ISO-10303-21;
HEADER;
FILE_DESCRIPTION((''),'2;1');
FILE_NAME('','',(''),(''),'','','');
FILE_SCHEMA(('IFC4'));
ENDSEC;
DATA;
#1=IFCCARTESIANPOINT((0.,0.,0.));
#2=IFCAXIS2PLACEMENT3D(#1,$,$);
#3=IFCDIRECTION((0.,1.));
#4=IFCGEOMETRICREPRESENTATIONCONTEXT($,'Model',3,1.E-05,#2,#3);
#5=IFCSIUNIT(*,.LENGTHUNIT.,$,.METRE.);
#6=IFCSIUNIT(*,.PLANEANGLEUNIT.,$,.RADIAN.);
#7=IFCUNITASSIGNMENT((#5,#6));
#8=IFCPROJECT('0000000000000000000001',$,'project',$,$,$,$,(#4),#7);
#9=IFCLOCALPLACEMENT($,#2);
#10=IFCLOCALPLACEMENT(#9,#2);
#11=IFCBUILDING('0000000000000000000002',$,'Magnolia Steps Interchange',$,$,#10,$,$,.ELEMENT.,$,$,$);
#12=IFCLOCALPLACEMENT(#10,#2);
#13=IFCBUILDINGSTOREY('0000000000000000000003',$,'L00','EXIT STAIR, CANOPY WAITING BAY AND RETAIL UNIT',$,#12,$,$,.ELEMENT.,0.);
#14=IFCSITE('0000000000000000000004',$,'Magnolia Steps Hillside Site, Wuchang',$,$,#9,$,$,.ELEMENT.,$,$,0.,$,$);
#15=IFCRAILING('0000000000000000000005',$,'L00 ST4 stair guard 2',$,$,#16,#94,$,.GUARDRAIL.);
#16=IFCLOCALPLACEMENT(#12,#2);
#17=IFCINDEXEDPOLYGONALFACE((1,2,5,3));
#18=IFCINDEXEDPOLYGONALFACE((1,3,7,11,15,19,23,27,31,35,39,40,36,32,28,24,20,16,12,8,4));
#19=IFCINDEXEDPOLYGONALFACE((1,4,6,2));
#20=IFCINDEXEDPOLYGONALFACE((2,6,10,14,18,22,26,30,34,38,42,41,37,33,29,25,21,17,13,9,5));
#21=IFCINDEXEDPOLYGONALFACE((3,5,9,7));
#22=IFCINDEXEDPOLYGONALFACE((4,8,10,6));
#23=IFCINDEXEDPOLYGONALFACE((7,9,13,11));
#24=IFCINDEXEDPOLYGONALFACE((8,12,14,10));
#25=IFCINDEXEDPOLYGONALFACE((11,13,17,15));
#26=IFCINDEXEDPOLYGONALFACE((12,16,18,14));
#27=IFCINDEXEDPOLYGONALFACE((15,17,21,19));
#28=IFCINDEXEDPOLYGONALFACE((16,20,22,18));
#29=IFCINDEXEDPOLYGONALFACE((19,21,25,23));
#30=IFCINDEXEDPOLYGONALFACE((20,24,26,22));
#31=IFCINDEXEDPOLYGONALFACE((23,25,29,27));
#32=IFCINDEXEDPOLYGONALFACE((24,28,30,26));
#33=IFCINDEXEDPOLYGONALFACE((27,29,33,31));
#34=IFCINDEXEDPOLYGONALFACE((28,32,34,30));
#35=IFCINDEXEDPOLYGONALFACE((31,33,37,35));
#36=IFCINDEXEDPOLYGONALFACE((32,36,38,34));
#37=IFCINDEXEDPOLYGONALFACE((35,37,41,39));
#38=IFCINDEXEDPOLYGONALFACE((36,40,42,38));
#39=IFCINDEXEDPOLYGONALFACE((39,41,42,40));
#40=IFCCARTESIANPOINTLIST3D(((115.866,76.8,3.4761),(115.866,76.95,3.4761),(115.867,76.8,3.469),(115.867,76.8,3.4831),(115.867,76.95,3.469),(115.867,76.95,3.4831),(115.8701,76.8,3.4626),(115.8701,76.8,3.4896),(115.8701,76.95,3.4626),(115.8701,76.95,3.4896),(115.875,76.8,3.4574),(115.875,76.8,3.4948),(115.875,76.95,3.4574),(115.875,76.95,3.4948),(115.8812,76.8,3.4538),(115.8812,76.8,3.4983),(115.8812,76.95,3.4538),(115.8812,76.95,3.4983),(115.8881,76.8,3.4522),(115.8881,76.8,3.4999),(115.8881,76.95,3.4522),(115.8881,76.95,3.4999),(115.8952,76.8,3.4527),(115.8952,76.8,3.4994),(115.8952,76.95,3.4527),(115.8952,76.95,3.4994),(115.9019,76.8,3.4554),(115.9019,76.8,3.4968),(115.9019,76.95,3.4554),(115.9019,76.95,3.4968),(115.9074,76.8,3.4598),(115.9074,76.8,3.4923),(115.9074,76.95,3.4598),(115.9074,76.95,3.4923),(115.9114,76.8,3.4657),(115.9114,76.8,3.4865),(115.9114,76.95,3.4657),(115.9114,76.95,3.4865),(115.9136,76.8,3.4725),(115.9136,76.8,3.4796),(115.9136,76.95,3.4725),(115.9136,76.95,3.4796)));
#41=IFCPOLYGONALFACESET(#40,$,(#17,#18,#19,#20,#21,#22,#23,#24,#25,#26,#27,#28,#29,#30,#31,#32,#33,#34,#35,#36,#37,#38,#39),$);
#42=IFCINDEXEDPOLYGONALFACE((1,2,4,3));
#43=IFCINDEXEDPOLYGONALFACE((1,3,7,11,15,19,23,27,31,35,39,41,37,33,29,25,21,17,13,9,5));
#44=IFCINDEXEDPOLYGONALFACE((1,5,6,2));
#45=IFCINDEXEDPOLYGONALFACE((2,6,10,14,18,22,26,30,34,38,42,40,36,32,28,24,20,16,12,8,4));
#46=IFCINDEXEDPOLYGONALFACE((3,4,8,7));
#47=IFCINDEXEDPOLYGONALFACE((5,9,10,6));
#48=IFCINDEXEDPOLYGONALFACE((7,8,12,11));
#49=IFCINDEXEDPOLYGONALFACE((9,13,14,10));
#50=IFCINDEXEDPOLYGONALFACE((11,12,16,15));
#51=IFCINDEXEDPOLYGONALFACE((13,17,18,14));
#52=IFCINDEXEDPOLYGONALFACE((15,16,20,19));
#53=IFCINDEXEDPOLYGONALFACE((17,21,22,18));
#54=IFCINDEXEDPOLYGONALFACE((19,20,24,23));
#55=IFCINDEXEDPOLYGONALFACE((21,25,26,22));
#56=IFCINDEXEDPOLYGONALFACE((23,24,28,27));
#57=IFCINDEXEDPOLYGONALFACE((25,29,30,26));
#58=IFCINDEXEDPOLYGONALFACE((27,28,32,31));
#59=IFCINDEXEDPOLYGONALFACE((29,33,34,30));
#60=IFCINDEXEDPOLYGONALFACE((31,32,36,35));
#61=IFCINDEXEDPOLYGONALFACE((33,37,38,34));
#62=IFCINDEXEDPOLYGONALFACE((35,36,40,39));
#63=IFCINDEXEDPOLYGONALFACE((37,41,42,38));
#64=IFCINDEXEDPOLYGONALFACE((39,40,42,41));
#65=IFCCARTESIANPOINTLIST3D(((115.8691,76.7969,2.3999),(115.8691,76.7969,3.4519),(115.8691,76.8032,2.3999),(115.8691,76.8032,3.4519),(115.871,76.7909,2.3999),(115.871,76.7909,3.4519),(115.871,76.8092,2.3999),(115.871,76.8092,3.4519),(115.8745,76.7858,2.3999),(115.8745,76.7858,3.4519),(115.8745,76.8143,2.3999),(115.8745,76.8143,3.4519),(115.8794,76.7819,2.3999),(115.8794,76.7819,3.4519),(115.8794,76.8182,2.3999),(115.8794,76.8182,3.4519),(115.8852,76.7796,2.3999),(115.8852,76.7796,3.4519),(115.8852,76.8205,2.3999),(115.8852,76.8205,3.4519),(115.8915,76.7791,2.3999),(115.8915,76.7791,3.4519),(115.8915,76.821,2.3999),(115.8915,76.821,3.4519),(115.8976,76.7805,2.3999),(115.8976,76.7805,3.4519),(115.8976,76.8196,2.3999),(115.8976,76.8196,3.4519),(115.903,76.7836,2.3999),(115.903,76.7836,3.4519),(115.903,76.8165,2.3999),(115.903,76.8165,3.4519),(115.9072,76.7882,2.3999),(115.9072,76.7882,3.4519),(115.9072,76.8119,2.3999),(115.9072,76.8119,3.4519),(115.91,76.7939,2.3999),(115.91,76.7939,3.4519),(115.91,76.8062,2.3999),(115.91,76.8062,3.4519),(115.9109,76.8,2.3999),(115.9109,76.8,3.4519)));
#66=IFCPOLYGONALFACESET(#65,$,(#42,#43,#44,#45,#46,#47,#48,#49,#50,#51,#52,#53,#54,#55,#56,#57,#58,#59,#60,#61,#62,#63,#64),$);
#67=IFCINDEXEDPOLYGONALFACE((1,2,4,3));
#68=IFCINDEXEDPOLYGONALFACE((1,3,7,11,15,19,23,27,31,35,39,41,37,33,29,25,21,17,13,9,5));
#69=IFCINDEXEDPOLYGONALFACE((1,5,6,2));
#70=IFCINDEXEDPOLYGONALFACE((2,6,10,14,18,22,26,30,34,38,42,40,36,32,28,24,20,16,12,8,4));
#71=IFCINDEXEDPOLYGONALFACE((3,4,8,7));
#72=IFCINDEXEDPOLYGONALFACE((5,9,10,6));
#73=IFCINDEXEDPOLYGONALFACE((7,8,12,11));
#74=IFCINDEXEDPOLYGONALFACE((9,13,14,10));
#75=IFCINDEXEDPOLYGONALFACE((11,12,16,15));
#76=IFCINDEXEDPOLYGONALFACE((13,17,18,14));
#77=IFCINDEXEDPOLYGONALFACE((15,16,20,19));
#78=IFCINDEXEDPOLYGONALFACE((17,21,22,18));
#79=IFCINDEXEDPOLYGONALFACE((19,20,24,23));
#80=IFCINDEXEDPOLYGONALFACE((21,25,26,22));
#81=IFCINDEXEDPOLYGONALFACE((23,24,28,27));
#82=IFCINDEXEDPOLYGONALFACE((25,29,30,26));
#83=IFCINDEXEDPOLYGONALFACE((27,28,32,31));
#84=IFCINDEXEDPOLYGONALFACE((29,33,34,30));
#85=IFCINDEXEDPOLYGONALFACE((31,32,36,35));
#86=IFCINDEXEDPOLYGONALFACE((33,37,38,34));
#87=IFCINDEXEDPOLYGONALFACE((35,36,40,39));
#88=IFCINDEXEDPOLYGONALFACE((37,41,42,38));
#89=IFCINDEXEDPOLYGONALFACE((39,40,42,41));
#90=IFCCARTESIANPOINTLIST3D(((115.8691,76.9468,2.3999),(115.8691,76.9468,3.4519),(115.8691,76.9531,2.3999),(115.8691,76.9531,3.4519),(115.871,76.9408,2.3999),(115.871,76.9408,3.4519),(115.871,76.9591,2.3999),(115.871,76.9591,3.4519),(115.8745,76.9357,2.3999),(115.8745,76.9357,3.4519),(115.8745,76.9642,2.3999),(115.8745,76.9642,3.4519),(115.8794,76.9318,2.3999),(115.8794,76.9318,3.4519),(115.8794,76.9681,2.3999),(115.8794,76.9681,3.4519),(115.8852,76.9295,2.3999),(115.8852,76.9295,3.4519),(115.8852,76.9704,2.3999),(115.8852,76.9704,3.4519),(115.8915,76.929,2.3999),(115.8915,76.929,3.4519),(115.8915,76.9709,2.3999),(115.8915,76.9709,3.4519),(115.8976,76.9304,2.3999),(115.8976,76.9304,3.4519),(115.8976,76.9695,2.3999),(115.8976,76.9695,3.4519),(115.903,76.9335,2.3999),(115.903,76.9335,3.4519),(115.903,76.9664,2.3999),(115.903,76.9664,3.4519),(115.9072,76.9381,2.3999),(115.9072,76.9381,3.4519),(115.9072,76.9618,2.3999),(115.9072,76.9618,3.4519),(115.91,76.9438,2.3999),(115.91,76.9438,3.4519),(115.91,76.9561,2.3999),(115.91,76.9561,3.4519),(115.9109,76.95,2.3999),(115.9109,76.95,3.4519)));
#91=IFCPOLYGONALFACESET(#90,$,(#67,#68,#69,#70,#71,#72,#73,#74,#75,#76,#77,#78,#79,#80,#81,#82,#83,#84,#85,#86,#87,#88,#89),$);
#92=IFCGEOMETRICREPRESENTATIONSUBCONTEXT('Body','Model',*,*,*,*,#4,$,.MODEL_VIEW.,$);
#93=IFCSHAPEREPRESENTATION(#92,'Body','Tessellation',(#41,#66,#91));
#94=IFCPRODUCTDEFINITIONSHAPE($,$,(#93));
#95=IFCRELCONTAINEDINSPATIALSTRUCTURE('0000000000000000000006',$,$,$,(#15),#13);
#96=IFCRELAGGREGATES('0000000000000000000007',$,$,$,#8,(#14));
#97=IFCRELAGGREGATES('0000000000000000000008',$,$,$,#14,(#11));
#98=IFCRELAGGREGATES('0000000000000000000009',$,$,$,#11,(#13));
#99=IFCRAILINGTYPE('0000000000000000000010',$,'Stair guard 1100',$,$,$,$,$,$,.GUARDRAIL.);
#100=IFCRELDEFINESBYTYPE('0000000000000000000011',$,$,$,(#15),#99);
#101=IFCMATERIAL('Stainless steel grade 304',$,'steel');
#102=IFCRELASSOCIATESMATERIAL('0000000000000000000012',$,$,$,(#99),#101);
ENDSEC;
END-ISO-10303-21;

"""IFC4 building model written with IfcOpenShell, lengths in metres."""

from ifc_helpers import new_model, si_unit, direction, frame, origin, origin_2d, place, context, subcontext, project, spatial, circle, extrude, material, type_object, element, save


model = new_model("IFC4")

# Units and contexts
model_context = context("Model", 3, precision=1e-05, world=origin(), true_north=direction((0.0, 1.0)))
body_context = subcontext(model_context, "Body", "Model", "MODEL_VIEW")
ifc_project = project(units=[si_unit("LENGTHUNIT", "METRE"), si_unit("PLANEANGLEUNIT", "RADIAN")], contexts=[model_context])

# Site, building, storey
site_placement = place(None, origin())
site = spatial("IfcSite", under=ifc_project, at=site_placement, Name="Magnolia Steps Hillside Site, Wuchang", CompositionType="ELEMENT", RefElevation=0.0)
building_placement = place(site_placement, origin())
building = spatial("IfcBuilding", under=site, at=building_placement, Name="Magnolia Steps Interchange", CompositionType="ELEMENT")
storey_placement = place(building_placement, origin())
storey = spatial("IfcBuildingStorey", under=building, at=storey_placement, Name="L00", Description="EXIT STAIR, CANOPY WAITING BAY AND RETAIL UNIT", CompositionType="ELEMENT", Elevation=0.0)

# Railing
ifc_material_1 = material(Name="Stainless steel grade 304", Category="steel")
railing_type_1 = type_object("IfcRailingType", Name="Stair guard 1100", PredefinedType="GUARDRAIL", material=ifc_material_1)
railing_1_placement = place(storey_placement, frame((115.8899, 76.8, 2.3999)))
element("IfcRailing", 1, at=railing_1_placement, inside=storey, type_object=railing_type_1, Name="L00 ST4 stair guard 2", PredefinedType="GUARDRAIL", context=body_context, shape_type="SweptSolid", body=[
    extrude(circle(Radius=0.0239, at=origin_2d()), frame((0.0, 0.0, 1.0762), z_axis=(0.0, 1.0, 0.0), x_axis=(-1.0, 0.0, 0.0)), (0.0, 0.0, 1.0), 0.1499),
    extrude(circle(Radius=0.021, at=origin_2d()), origin(), (0.0, 0.0, 1.0), 1.052),
    extrude(circle(Radius=0.021, at=origin_2d()), frame((0.0, 0.1499, 0.0)), (0.0, 0.0, 1.0), 1.052),
])

save(model, "model.ifc")
